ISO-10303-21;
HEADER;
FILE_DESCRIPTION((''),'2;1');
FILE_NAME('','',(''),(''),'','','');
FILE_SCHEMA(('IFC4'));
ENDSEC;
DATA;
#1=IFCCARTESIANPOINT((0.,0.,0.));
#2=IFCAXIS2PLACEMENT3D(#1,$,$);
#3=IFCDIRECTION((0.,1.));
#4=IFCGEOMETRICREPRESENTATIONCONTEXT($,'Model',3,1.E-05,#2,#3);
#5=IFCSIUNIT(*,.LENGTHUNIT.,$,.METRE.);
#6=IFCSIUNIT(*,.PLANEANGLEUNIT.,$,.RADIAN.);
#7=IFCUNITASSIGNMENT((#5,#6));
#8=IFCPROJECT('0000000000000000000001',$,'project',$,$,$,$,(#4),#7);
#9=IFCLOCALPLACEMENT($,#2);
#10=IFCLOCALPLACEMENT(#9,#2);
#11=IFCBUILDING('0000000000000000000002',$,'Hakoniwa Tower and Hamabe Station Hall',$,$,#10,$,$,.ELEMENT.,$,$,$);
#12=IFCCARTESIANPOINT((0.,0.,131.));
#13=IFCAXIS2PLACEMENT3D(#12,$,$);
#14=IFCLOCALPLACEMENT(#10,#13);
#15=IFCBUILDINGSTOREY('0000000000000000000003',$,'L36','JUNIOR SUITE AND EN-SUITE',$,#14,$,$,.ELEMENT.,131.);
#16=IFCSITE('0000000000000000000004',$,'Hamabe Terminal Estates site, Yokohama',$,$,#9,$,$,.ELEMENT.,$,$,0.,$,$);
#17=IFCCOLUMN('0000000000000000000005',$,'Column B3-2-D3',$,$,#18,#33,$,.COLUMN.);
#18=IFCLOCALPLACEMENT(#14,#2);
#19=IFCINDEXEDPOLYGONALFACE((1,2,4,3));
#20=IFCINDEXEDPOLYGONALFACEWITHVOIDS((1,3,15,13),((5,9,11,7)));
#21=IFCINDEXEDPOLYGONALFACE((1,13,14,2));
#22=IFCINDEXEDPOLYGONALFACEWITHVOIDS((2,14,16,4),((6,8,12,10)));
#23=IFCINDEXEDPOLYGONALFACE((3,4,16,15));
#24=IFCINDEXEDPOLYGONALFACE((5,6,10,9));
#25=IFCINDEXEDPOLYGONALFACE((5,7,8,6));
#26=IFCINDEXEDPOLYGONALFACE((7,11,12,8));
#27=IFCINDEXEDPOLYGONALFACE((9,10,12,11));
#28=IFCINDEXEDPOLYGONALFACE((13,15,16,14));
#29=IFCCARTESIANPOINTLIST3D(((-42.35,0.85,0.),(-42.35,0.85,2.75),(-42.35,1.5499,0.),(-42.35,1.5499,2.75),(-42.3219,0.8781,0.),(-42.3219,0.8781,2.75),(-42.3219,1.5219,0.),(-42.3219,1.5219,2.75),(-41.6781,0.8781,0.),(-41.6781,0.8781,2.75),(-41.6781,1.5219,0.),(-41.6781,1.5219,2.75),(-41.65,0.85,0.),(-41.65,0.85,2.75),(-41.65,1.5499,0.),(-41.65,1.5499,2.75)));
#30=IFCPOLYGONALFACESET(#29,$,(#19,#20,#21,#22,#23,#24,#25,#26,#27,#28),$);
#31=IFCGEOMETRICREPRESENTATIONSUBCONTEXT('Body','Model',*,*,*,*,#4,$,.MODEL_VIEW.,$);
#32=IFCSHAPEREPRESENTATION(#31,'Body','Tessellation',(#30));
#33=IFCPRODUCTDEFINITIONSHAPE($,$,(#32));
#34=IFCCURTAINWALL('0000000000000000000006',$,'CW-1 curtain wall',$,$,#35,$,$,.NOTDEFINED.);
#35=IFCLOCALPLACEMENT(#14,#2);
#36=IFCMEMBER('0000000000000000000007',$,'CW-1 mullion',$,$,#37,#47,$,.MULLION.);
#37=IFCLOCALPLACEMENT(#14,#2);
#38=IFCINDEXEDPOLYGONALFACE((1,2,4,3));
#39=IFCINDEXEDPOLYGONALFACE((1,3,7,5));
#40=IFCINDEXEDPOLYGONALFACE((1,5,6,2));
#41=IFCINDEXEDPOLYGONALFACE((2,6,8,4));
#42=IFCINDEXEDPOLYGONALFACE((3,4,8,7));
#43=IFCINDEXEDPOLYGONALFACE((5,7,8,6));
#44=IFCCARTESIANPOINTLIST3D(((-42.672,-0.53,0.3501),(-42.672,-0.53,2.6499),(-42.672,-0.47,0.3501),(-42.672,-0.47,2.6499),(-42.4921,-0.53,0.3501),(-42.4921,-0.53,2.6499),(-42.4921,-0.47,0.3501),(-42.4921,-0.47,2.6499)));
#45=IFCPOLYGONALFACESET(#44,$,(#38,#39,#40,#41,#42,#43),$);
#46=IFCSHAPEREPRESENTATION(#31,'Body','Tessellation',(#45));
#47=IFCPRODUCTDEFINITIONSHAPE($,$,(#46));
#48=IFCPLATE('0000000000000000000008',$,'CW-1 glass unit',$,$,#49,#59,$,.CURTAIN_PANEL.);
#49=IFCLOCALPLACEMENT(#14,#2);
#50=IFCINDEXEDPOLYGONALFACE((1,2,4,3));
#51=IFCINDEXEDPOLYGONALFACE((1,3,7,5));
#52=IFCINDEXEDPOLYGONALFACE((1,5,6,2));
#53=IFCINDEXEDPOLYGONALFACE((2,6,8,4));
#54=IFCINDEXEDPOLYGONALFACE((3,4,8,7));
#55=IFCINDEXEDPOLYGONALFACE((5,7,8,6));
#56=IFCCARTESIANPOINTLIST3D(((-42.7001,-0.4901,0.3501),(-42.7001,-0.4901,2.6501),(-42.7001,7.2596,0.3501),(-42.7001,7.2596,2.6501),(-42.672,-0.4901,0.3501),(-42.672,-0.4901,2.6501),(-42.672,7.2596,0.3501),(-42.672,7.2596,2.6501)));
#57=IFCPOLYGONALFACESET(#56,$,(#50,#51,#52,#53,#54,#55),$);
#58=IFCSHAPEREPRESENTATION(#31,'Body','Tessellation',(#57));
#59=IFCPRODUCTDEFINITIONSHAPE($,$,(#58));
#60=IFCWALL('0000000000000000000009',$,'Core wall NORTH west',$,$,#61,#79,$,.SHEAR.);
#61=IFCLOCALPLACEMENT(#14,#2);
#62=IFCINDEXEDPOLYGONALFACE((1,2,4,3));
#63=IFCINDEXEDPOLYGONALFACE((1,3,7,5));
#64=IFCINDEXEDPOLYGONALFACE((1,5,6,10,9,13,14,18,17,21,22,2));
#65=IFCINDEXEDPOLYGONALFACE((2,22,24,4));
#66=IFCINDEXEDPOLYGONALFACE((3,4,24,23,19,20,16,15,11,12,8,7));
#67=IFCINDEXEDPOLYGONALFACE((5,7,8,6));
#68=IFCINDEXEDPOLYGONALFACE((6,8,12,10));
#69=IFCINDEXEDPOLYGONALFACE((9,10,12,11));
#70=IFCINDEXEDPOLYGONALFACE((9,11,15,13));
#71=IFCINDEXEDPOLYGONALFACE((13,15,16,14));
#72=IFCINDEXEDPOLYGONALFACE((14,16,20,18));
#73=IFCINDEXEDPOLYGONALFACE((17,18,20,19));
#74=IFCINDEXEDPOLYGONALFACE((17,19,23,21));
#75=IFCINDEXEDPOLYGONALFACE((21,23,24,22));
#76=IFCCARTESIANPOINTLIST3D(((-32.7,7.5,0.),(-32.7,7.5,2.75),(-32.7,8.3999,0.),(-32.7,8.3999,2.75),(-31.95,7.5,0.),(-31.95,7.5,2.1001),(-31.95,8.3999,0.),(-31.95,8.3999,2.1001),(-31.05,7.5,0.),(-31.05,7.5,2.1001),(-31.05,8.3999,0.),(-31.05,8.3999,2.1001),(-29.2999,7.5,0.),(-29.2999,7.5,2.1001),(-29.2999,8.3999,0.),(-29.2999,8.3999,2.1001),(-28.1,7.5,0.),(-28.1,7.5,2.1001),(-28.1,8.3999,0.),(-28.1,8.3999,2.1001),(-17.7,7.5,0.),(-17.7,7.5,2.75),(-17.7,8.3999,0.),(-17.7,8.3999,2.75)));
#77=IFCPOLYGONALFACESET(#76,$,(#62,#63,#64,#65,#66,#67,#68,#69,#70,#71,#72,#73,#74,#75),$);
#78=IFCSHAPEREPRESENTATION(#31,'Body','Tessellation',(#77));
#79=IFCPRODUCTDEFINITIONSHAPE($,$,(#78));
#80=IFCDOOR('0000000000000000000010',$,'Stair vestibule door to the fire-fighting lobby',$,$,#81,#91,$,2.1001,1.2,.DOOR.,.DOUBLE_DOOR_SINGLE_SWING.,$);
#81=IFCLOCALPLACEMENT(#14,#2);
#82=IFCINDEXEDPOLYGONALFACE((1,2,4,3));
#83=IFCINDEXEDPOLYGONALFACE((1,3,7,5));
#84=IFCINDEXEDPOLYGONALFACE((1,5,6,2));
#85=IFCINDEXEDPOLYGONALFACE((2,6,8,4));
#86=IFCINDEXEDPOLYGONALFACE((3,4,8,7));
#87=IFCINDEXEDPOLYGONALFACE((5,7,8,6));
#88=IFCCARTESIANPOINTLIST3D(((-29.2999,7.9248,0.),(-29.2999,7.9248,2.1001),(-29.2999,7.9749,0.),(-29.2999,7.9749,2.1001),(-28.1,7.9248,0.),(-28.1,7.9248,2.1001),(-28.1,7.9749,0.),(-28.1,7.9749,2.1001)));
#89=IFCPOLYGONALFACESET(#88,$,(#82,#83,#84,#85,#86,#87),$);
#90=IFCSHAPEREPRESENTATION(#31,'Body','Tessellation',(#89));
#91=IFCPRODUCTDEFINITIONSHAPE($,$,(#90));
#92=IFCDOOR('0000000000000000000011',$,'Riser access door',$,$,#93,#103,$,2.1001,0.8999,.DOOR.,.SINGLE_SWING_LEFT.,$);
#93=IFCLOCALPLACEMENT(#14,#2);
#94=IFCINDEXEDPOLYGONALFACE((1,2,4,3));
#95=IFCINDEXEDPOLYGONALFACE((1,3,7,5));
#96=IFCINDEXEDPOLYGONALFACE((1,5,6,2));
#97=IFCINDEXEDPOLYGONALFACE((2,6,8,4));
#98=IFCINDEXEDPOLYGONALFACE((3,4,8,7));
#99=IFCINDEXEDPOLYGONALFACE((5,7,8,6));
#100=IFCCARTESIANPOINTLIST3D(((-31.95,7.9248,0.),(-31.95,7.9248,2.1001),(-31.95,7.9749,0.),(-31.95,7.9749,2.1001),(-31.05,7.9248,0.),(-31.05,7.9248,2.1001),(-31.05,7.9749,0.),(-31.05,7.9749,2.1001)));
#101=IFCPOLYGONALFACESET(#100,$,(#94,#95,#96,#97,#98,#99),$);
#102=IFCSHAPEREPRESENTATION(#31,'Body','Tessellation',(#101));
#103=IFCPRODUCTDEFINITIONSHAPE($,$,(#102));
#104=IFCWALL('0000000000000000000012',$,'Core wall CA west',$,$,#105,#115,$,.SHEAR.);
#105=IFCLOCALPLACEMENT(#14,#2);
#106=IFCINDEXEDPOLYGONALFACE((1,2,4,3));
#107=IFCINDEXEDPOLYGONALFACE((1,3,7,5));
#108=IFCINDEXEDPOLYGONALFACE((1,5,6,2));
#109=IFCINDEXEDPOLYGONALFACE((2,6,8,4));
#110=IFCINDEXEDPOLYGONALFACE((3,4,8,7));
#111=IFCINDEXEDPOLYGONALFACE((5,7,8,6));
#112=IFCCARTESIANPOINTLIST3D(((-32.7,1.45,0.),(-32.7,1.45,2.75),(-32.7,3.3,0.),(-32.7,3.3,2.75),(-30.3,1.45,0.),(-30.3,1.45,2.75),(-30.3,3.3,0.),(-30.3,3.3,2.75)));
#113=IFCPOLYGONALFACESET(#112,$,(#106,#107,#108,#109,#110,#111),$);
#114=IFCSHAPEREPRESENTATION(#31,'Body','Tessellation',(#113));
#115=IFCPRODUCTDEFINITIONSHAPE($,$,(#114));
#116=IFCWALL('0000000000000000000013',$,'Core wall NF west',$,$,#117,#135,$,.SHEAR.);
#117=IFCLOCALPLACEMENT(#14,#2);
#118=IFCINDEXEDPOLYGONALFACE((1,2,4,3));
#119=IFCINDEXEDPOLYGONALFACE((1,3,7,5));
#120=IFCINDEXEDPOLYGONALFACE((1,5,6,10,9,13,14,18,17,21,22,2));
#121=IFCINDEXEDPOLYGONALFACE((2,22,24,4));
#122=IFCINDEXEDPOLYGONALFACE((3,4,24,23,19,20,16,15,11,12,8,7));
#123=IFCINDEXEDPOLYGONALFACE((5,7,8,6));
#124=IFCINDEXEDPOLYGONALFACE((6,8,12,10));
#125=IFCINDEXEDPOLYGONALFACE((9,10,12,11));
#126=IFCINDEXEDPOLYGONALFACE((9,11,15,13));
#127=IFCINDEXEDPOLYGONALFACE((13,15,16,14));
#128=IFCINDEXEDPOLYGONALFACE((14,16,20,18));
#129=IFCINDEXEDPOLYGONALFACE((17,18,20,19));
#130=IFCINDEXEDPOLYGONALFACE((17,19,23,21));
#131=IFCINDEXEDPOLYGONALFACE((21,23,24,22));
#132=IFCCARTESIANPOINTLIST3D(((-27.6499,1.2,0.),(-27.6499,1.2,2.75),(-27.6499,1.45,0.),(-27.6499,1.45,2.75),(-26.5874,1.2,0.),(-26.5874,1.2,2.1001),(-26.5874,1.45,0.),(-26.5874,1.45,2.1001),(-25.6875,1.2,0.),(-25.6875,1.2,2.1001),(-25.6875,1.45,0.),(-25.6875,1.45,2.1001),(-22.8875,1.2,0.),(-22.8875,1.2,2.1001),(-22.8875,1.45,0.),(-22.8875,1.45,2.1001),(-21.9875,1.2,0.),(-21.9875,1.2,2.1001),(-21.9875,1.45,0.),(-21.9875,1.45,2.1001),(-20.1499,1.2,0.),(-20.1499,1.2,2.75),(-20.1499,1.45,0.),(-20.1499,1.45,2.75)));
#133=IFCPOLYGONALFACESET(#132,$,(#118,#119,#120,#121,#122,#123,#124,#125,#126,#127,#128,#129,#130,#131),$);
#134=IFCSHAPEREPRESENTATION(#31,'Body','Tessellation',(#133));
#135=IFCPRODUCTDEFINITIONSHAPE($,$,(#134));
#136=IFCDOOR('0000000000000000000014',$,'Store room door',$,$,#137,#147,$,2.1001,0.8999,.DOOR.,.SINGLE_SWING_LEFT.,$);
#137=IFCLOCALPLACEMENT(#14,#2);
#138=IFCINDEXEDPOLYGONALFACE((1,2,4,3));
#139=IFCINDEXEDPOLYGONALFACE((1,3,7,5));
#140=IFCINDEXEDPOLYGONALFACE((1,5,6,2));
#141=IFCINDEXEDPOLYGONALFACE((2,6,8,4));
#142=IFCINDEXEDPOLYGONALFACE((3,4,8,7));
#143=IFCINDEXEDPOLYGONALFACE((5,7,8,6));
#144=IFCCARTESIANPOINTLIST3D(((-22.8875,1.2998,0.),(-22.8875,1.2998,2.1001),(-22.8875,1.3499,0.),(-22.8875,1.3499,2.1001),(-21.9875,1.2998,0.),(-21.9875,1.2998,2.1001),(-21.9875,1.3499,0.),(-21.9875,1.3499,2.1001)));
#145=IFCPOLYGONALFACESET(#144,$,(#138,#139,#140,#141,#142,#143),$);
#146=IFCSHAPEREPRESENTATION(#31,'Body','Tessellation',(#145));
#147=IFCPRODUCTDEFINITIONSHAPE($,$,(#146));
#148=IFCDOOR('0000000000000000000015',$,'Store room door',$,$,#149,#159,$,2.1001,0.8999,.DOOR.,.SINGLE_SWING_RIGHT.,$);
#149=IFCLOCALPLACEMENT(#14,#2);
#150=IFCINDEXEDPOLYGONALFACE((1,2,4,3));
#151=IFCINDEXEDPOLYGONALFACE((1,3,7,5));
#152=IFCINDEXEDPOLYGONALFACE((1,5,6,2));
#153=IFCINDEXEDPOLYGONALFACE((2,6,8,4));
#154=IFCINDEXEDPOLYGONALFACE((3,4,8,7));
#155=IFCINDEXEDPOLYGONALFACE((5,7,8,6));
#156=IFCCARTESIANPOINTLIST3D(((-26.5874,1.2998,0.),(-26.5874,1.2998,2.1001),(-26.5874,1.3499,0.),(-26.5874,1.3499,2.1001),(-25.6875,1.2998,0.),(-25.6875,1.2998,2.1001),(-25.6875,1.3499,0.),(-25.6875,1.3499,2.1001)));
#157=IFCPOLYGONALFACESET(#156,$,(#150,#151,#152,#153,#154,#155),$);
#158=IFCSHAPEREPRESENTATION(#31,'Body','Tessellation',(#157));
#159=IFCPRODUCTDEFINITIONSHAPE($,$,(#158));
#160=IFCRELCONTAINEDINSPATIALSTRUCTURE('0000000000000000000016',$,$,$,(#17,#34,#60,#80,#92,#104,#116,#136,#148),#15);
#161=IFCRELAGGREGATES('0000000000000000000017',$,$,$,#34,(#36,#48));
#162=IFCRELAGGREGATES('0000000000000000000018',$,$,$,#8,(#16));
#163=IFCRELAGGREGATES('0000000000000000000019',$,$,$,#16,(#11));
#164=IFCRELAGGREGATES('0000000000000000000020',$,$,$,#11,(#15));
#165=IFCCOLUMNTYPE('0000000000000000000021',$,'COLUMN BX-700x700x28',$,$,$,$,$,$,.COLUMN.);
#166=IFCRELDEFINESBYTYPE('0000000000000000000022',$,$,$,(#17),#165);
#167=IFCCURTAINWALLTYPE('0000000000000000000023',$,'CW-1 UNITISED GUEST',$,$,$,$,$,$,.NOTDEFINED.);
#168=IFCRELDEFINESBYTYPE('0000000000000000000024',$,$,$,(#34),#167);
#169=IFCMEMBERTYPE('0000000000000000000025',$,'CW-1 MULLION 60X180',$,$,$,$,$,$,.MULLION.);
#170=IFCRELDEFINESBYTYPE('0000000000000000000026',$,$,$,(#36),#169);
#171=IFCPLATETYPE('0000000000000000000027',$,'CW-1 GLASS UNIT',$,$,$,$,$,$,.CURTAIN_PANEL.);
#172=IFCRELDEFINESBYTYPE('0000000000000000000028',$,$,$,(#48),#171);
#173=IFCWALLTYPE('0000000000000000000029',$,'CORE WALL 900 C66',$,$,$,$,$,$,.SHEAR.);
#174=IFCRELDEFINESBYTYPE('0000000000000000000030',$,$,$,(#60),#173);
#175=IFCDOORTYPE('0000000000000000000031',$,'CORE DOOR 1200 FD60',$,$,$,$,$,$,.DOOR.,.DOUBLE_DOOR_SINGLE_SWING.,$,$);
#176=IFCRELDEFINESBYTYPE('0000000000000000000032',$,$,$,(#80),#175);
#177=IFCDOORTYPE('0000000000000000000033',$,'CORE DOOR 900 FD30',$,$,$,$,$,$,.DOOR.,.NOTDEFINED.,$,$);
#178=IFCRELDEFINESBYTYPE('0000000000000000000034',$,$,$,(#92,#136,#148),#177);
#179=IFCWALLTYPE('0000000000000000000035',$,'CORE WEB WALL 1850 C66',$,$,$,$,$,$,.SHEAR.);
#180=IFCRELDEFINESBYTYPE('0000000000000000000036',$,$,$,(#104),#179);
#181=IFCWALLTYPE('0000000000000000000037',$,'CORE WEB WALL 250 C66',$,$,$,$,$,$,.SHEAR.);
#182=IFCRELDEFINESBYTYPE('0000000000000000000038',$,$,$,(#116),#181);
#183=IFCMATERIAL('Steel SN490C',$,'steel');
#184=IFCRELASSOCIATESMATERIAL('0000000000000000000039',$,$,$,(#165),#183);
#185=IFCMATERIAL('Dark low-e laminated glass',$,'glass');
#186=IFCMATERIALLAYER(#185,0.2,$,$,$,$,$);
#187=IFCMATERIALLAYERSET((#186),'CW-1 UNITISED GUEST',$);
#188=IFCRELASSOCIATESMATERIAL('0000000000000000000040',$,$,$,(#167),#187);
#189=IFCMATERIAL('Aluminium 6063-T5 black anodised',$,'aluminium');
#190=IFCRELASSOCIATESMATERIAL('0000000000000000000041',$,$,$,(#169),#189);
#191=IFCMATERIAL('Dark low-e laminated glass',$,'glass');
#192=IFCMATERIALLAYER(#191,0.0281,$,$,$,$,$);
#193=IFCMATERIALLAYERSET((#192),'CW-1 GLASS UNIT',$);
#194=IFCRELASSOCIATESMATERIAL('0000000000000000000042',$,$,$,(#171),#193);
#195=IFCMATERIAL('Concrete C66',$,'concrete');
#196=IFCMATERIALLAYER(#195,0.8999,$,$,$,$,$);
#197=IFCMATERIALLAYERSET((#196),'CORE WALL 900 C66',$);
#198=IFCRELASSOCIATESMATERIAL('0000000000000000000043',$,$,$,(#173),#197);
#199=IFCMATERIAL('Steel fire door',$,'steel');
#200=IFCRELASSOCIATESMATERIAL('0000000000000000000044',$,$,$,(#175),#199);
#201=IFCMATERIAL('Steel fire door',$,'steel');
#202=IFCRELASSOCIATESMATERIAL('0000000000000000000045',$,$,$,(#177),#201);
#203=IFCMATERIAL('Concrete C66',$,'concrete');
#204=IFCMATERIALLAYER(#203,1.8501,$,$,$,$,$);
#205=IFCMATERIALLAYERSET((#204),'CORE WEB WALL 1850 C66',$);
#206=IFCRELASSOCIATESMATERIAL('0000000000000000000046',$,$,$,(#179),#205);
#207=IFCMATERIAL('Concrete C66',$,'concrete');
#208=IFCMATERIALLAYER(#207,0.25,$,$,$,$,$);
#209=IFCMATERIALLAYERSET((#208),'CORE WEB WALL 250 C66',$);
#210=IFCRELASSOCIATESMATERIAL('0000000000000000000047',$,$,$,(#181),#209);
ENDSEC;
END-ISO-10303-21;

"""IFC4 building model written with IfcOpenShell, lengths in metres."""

from ifc_helpers import new_model, si_unit, direction, frame, frame_2d, origin, origin_2d, place, context, subcontext, project, spatial, rectangle, hollow_rectangle, extrude, material, layer, layer_set, material_profile, profile_set, type_object, element, fill, aggregate, save


model = new_model("IFC4")

# Units and contexts
model_context = context("Model", 3, precision=1e-05, world=origin(), true_north=direction((0.0, 1.0)))
body_context = subcontext(model_context, "Body", "Model", "MODEL_VIEW")
ifc_project = project(units=[si_unit("LENGTHUNIT", "METRE"), si_unit("PLANEANGLEUNIT", "RADIAN")], contexts=[model_context])

# Site, building, storey
site_placement = place(None, origin())
site = spatial("IfcSite", under=ifc_project, at=site_placement, Name="Hamabe Terminal Estates site, Yokohama", CompositionType="ELEMENT", RefElevation=0.0)
building_placement = place(site_placement, origin())
building = spatial("IfcBuilding", under=site, at=building_placement, Name="Hakoniwa Tower and Hamabe Station Hall", CompositionType="ELEMENT")
storey_placement = place(building_placement, frame((0.0, 0.0, 131.0)))
storey = spatial("IfcBuildingStorey", under=building, at=storey_placement, Name="L36", Description="JUNIOR SUITE AND EN-SUITE", CompositionType="ELEMENT", Elevation=131.0)

# Column
ifc_material_1 = material(Name="Steel SN490C", Category="steel")
ifc_material_profile_1 = material_profile(ifc_material_1, hollow_rectangle(XDim=0.7, YDim=0.7, WallThickness=0.0281, at=origin_2d()), Name="BX-700x700x28")
ifc_profile_set_1 = profile_set([ifc_material_profile_1], Name="Steel SN490C")
column_type = type_object("IfcColumnType", Name="COLUMN BX-700x700x28", PredefinedType="COLUMN", material=ifc_profile_set_1)
column_placement = place(storey_placement, frame((-42.0, 1.2, 0.0), z_axis=(0.0, 0.0, 1.0), x_axis=(1.0, 0.0, 0.0)))
element("IfcColumn", 1, at=column_placement, inside=storey, type_object=column_type, Name="Column B3-2-D3", PredefinedType="COLUMN", context=body_context, shape_type="SweptSolid", body=[
    extrude(hollow_rectangle(XDim=0.7, YDim=0.7, WallThickness=0.0281, at=origin_2d()), origin(), (0.0, 0.0, 1.0), 2.75),
])

# Curtain wall, member, plate
ifc_material_2 = material(Name="Dark low-e laminated glass", Category="glass")
ifc_layer_1 = layer(ifc_material_2, 0.2)
ifc_layer_set_1 = layer_set([ifc_layer_1], Name="CW-1 UNITISED GUEST")
curtain_wall_type = type_object("IfcCurtainWallType", Name="CW-1 UNITISED GUEST", PredefinedType="NOTDEFINED", material=ifc_layer_set_1)
curtain_wall_placement = place(storey_placement, origin())
curtain_wall = element("IfcCurtainWall", 2, at=curtain_wall_placement, inside=storey, type_object=curtain_wall_type, Name="CW-1 curtain wall", PredefinedType="NOTDEFINED")
ifc_material_3 = material(Name="Aluminium 6063-T5 black anodised", Category="aluminium")
ifc_material_profile_2 = material_profile(ifc_material_3, rectangle(XDim=0.0601, YDim=0.1799, at=origin_2d()), Name="CW-1 MULLION 60X180")
ifc_profile_set_2 = profile_set([ifc_material_profile_2], Name="Aluminium 6063-T5 black anodised")
member_type = type_object("IfcMemberType", Name="CW-1 MULLION 60X180", PredefinedType="MULLION", material=ifc_profile_set_2)
member_placement = place(storey_placement, frame((-42.582, -0.5, 0.3501), z_axis=(0.0, 0.0, 1.0), x_axis=(0.0, -1.0, 0.0)))
member = element("IfcMember", 3, at=member_placement, type_object=member_type, Name="CW-1 mullion", PredefinedType="MULLION", context=body_context, shape_type="SweptSolid", body=[
    extrude(rectangle(XDim=0.0601, YDim=0.1799, at=origin_2d()), origin(), (0.0, 0.0, 1.0), 2.2998),
])
ifc_material_4 = material(Name="Dark low-e laminated glass", Category="glass")
ifc_layer_2 = layer(ifc_material_4, 0.0281)
ifc_layer_set_2 = layer_set([ifc_layer_2], Name="CW-1 GLASS UNIT")
plate_type = type_object("IfcPlateType", Name="CW-1 GLASS UNIT", PredefinedType="CURTAIN_PANEL", material=ifc_layer_set_2)
plate_placement = place(storey_placement, frame((-42.686, 3.3848, 0.3501), z_axis=(0.0, 0.0, 1.0), x_axis=(0.0, -1.0, 0.0)))
plate = element("IfcPlate", 4, at=plate_placement, type_object=plate_type, Name="CW-1 glass unit", PredefinedType="CURTAIN_PANEL", context=body_context, shape_type="SweptSolid", body=[
    extrude(rectangle(XDim=7.7498, YDim=0.0281, at=origin_2d()), origin(), (0.0, 0.0, 1.0), 2.3),
])
aggregate(curtain_wall, [member, plate])

# Wall, openings, doors
ifc_material_5 = material(Name="Concrete C66", Category="concrete")
ifc_layer_3 = layer(ifc_material_5, 0.8999)
ifc_layer_set_3 = layer_set([ifc_layer_3], Name="CORE WALL 900 C66")
wall_type_1 = type_object("IfcWallType", Name="CORE WALL 900 C66", PredefinedType="SHEAR", material=ifc_layer_set_3)
wall_1_placement = place(storey_placement, frame((-32.7, 7.95, 0.0), z_axis=(0.0, 0.0, 1.0), x_axis=(1.0, 0.0, 0.0)))
wall_1 = element("IfcWall", 5, at=wall_1_placement, inside=storey, type_object=wall_type_1, Name="Core wall NORTH west", PredefinedType="SHEAR", context=body_context, shape_type="SweptSolid", body=[
    extrude(rectangle(XDim=15.0, YDim=0.8999, at=frame_2d((7.5, 0.0))), origin(), (0.0, 0.0, 1.0), 2.75),
])
opening_1_placement = place(wall_1_placement, frame((3.3999, 0.0, 0.0)))
opening_1 = element("IfcOpeningElement", 6, at=opening_1_placement, cuts=wall_1, PredefinedType="OPENING", context=body_context, shape_type="SweptSolid", body=[
    extrude(rectangle(XDim=1.2, YDim=2.1001, at=frame_2d((0.6001, 1.05))), frame((0.0, 0.46, 0.0), z_axis=(0.0, -1.0, 0.0), x_axis=(1.0, 0.0, 0.0)), (0.0, 0.0, 1.0), 0.9199),
])
opening_2_placement = place(wall_1_placement, frame((0.75, 0.0, 0.0)))
opening_2 = element("IfcOpeningElement", 7, at=opening_2_placement, cuts=wall_1, PredefinedType="OPENING", context=body_context, shape_type="SweptSolid", body=[
    extrude(rectangle(XDim=0.8999, YDim=2.1001, at=frame_2d((0.45, 1.05))), frame((0.0, 0.46, 0.0), z_axis=(0.0, -1.0, 0.0), x_axis=(1.0, 0.0, 0.0)), (0.0, 0.0, 1.0), 0.9199),
])
ifc_material_6 = material(Name="Steel fire door", Category="steel")
door_type_1 = type_object("IfcDoorType", Name="CORE DOOR 1200 FD60", OperationType="DOUBLE_DOOR_SINGLE_SWING", PredefinedType="DOOR", material=ifc_material_6)
door_1_placement = place(opening_1_placement, origin())
door_1 = element("IfcDoor", 8, at=door_1_placement, inside=storey, type_object=door_type_1, Name="Stair vestibule door to the fire-fighting lobby", OperationType="DOUBLE_DOOR_SINGLE_SWING", OverallHeight=2.1001, OverallWidth=1.2, PredefinedType="DOOR", context=body_context, shape_type="SweptSolid", body=[
    extrude(rectangle(XDim=1.2, YDim=2.1001, at=frame_2d((0.6001, 1.05))), frame((0.0, 0.0249, 0.0), z_axis=(0.0, -1.0, 0.0), x_axis=(1.0, 0.0, 0.0)), (0.0, 0.0, 1.0), 0.05),
])
fill(opening_1, door_1)
ifc_material_7 = material(Name="Steel fire door", Category="steel")
door_type_2 = type_object("IfcDoorType", Name="CORE DOOR 900 FD30", OperationType="NOTDEFINED", PredefinedType="DOOR", material=ifc_material_7)
door_2_placement = place(opening_2_placement, origin())
door_2 = element("IfcDoor", 9, at=door_2_placement, inside=storey, type_object=door_type_2, Name="Riser access door", OperationType="SINGLE_SWING_LEFT", OverallHeight=2.1001, OverallWidth=0.8999, PredefinedType="DOOR", context=body_context, shape_type="SweptSolid", body=[
    extrude(rectangle(XDim=0.8999, YDim=2.1001, at=frame_2d((0.45, 1.05))), frame((0.0, 0.0249, 0.0), z_axis=(0.0, -1.0, 0.0), x_axis=(1.0, 0.0, 0.0)), (0.0, 0.0, 1.0), 0.05),
])
fill(opening_2, door_2)

# Wall
ifc_material_8 = material(Name="Concrete C66", Category="concrete")
ifc_layer_4 = layer(ifc_material_8, 1.8501)
ifc_layer_set_4 = layer_set([ifc_layer_4], Name="CORE WEB WALL 1850 C66")
wall_type_2 = type_object("IfcWallType", Name="CORE WEB WALL 1850 C66", PredefinedType="SHEAR", material=ifc_layer_set_4)
wall_2_placement = place(storey_placement, frame((-32.7, 2.375, 0.0), z_axis=(0.0, 0.0, 1.0), x_axis=(1.0, 0.0, 0.0)))
element("IfcWall", 10, at=wall_2_placement, inside=storey, type_object=wall_type_2, Name="Core wall CA west", PredefinedType="SHEAR", context=body_context, shape_type="SweptSolid", body=[
    extrude(rectangle(XDim=2.3999, YDim=1.8501, at=frame_2d((1.2, 0.0))), origin(), (0.0, 0.0, 1.0), 2.75),
])

# Wall, openings, doors
ifc_material_9 = material(Name="Concrete C66", Category="concrete")
ifc_layer_5 = layer(ifc_material_9, 0.25)
ifc_layer_set_5 = layer_set([ifc_layer_5], Name="CORE WEB WALL 250 C66")
wall_type_3 = type_object("IfcWallType", Name="CORE WEB WALL 250 C66", PredefinedType="SHEAR", material=ifc_layer_set_5)
wall_3_placement = place(storey_placement, frame((-27.6499, 1.325, 0.0), z_axis=(0.0, 0.0, 1.0), x_axis=(1.0, 0.0, 0.0)))
wall_3 = element("IfcWall", 11, at=wall_3_placement, inside=storey, type_object=wall_type_3, Name="Core wall NF west", PredefinedType="SHEAR", context=body_context, shape_type="SweptSolid", body=[
    extrude(rectangle(XDim=7.5, YDim=0.25, at=frame_2d((3.75, 0.0))), origin(), (0.0, 0.0, 1.0), 2.75),
])
opening_3_placement = place(wall_3_placement, frame((4.7625, 0.0, 0.0)))
opening_3 = element("IfcOpeningElement", 12, at=opening_3_placement, cuts=wall_3, PredefinedType="OPENING", context=body_context, shape_type="SweptSolid", body=[
    extrude(rectangle(XDim=0.8999, YDim=2.1001, at=frame_2d((0.45, 1.05))), frame((0.0, 0.135, 0.0), z_axis=(0.0, -1.0, 0.0), x_axis=(1.0, 0.0, 0.0)), (0.0, 0.0, 1.0), 0.27),
])
opening_4_placement = place(wall_3_placement, frame((1.0625, 0.0, 0.0)))
opening_4 = element("IfcOpeningElement", 13, at=opening_4_placement, cuts=wall_3, PredefinedType="OPENING", context=body_context, shape_type="SweptSolid", body=[
    extrude(rectangle(XDim=0.8999, YDim=2.1001, at=frame_2d((0.45, 1.05))), frame((0.0, 0.135, 0.0), z_axis=(0.0, -1.0, 0.0), x_axis=(1.0, 0.0, 0.0)), (0.0, 0.0, 1.0), 0.27),
])
door_3_placement = place(opening_3_placement, origin())
door_3 = element("IfcDoor", 14, at=door_3_placement, inside=storey, type_object=door_type_2, Name="Store room door", OperationType="SINGLE_SWING_LEFT", OverallHeight=2.1001, OverallWidth=0.8999, PredefinedType="DOOR", context=body_context, shape_type="SweptSolid", body=[
    extrude(rectangle(XDim=0.8999, YDim=2.1001, at=frame_2d((0.45, 1.05))), frame((0.0, 0.0249, 0.0), z_axis=(0.0, -1.0, 0.0), x_axis=(1.0, 0.0, 0.0)), (0.0, 0.0, 1.0), 0.05),
])
fill(opening_3, door_3)
door_4_placement = place(opening_4_placement, origin())
door_4 = element("IfcDoor", 15, at=door_4_placement, inside=storey, type_object=door_type_2, Name="Store room door", OperationType="SINGLE_SWING_RIGHT", OverallHeight=2.1001, OverallWidth=0.8999, PredefinedType="DOOR", context=body_context, shape_type="SweptSolid", body=[
    extrude(rectangle(XDim=0.8999, YDim=2.1001, at=frame_2d((0.45, 1.05))), frame((0.0, 0.0249, 0.0), z_axis=(0.0, -1.0, 0.0), x_axis=(1.0, 0.0, 0.0)), (0.0, 0.0, 1.0), 0.05),
])
fill(opening_4, door_4)

save(model, "model.ifc")
